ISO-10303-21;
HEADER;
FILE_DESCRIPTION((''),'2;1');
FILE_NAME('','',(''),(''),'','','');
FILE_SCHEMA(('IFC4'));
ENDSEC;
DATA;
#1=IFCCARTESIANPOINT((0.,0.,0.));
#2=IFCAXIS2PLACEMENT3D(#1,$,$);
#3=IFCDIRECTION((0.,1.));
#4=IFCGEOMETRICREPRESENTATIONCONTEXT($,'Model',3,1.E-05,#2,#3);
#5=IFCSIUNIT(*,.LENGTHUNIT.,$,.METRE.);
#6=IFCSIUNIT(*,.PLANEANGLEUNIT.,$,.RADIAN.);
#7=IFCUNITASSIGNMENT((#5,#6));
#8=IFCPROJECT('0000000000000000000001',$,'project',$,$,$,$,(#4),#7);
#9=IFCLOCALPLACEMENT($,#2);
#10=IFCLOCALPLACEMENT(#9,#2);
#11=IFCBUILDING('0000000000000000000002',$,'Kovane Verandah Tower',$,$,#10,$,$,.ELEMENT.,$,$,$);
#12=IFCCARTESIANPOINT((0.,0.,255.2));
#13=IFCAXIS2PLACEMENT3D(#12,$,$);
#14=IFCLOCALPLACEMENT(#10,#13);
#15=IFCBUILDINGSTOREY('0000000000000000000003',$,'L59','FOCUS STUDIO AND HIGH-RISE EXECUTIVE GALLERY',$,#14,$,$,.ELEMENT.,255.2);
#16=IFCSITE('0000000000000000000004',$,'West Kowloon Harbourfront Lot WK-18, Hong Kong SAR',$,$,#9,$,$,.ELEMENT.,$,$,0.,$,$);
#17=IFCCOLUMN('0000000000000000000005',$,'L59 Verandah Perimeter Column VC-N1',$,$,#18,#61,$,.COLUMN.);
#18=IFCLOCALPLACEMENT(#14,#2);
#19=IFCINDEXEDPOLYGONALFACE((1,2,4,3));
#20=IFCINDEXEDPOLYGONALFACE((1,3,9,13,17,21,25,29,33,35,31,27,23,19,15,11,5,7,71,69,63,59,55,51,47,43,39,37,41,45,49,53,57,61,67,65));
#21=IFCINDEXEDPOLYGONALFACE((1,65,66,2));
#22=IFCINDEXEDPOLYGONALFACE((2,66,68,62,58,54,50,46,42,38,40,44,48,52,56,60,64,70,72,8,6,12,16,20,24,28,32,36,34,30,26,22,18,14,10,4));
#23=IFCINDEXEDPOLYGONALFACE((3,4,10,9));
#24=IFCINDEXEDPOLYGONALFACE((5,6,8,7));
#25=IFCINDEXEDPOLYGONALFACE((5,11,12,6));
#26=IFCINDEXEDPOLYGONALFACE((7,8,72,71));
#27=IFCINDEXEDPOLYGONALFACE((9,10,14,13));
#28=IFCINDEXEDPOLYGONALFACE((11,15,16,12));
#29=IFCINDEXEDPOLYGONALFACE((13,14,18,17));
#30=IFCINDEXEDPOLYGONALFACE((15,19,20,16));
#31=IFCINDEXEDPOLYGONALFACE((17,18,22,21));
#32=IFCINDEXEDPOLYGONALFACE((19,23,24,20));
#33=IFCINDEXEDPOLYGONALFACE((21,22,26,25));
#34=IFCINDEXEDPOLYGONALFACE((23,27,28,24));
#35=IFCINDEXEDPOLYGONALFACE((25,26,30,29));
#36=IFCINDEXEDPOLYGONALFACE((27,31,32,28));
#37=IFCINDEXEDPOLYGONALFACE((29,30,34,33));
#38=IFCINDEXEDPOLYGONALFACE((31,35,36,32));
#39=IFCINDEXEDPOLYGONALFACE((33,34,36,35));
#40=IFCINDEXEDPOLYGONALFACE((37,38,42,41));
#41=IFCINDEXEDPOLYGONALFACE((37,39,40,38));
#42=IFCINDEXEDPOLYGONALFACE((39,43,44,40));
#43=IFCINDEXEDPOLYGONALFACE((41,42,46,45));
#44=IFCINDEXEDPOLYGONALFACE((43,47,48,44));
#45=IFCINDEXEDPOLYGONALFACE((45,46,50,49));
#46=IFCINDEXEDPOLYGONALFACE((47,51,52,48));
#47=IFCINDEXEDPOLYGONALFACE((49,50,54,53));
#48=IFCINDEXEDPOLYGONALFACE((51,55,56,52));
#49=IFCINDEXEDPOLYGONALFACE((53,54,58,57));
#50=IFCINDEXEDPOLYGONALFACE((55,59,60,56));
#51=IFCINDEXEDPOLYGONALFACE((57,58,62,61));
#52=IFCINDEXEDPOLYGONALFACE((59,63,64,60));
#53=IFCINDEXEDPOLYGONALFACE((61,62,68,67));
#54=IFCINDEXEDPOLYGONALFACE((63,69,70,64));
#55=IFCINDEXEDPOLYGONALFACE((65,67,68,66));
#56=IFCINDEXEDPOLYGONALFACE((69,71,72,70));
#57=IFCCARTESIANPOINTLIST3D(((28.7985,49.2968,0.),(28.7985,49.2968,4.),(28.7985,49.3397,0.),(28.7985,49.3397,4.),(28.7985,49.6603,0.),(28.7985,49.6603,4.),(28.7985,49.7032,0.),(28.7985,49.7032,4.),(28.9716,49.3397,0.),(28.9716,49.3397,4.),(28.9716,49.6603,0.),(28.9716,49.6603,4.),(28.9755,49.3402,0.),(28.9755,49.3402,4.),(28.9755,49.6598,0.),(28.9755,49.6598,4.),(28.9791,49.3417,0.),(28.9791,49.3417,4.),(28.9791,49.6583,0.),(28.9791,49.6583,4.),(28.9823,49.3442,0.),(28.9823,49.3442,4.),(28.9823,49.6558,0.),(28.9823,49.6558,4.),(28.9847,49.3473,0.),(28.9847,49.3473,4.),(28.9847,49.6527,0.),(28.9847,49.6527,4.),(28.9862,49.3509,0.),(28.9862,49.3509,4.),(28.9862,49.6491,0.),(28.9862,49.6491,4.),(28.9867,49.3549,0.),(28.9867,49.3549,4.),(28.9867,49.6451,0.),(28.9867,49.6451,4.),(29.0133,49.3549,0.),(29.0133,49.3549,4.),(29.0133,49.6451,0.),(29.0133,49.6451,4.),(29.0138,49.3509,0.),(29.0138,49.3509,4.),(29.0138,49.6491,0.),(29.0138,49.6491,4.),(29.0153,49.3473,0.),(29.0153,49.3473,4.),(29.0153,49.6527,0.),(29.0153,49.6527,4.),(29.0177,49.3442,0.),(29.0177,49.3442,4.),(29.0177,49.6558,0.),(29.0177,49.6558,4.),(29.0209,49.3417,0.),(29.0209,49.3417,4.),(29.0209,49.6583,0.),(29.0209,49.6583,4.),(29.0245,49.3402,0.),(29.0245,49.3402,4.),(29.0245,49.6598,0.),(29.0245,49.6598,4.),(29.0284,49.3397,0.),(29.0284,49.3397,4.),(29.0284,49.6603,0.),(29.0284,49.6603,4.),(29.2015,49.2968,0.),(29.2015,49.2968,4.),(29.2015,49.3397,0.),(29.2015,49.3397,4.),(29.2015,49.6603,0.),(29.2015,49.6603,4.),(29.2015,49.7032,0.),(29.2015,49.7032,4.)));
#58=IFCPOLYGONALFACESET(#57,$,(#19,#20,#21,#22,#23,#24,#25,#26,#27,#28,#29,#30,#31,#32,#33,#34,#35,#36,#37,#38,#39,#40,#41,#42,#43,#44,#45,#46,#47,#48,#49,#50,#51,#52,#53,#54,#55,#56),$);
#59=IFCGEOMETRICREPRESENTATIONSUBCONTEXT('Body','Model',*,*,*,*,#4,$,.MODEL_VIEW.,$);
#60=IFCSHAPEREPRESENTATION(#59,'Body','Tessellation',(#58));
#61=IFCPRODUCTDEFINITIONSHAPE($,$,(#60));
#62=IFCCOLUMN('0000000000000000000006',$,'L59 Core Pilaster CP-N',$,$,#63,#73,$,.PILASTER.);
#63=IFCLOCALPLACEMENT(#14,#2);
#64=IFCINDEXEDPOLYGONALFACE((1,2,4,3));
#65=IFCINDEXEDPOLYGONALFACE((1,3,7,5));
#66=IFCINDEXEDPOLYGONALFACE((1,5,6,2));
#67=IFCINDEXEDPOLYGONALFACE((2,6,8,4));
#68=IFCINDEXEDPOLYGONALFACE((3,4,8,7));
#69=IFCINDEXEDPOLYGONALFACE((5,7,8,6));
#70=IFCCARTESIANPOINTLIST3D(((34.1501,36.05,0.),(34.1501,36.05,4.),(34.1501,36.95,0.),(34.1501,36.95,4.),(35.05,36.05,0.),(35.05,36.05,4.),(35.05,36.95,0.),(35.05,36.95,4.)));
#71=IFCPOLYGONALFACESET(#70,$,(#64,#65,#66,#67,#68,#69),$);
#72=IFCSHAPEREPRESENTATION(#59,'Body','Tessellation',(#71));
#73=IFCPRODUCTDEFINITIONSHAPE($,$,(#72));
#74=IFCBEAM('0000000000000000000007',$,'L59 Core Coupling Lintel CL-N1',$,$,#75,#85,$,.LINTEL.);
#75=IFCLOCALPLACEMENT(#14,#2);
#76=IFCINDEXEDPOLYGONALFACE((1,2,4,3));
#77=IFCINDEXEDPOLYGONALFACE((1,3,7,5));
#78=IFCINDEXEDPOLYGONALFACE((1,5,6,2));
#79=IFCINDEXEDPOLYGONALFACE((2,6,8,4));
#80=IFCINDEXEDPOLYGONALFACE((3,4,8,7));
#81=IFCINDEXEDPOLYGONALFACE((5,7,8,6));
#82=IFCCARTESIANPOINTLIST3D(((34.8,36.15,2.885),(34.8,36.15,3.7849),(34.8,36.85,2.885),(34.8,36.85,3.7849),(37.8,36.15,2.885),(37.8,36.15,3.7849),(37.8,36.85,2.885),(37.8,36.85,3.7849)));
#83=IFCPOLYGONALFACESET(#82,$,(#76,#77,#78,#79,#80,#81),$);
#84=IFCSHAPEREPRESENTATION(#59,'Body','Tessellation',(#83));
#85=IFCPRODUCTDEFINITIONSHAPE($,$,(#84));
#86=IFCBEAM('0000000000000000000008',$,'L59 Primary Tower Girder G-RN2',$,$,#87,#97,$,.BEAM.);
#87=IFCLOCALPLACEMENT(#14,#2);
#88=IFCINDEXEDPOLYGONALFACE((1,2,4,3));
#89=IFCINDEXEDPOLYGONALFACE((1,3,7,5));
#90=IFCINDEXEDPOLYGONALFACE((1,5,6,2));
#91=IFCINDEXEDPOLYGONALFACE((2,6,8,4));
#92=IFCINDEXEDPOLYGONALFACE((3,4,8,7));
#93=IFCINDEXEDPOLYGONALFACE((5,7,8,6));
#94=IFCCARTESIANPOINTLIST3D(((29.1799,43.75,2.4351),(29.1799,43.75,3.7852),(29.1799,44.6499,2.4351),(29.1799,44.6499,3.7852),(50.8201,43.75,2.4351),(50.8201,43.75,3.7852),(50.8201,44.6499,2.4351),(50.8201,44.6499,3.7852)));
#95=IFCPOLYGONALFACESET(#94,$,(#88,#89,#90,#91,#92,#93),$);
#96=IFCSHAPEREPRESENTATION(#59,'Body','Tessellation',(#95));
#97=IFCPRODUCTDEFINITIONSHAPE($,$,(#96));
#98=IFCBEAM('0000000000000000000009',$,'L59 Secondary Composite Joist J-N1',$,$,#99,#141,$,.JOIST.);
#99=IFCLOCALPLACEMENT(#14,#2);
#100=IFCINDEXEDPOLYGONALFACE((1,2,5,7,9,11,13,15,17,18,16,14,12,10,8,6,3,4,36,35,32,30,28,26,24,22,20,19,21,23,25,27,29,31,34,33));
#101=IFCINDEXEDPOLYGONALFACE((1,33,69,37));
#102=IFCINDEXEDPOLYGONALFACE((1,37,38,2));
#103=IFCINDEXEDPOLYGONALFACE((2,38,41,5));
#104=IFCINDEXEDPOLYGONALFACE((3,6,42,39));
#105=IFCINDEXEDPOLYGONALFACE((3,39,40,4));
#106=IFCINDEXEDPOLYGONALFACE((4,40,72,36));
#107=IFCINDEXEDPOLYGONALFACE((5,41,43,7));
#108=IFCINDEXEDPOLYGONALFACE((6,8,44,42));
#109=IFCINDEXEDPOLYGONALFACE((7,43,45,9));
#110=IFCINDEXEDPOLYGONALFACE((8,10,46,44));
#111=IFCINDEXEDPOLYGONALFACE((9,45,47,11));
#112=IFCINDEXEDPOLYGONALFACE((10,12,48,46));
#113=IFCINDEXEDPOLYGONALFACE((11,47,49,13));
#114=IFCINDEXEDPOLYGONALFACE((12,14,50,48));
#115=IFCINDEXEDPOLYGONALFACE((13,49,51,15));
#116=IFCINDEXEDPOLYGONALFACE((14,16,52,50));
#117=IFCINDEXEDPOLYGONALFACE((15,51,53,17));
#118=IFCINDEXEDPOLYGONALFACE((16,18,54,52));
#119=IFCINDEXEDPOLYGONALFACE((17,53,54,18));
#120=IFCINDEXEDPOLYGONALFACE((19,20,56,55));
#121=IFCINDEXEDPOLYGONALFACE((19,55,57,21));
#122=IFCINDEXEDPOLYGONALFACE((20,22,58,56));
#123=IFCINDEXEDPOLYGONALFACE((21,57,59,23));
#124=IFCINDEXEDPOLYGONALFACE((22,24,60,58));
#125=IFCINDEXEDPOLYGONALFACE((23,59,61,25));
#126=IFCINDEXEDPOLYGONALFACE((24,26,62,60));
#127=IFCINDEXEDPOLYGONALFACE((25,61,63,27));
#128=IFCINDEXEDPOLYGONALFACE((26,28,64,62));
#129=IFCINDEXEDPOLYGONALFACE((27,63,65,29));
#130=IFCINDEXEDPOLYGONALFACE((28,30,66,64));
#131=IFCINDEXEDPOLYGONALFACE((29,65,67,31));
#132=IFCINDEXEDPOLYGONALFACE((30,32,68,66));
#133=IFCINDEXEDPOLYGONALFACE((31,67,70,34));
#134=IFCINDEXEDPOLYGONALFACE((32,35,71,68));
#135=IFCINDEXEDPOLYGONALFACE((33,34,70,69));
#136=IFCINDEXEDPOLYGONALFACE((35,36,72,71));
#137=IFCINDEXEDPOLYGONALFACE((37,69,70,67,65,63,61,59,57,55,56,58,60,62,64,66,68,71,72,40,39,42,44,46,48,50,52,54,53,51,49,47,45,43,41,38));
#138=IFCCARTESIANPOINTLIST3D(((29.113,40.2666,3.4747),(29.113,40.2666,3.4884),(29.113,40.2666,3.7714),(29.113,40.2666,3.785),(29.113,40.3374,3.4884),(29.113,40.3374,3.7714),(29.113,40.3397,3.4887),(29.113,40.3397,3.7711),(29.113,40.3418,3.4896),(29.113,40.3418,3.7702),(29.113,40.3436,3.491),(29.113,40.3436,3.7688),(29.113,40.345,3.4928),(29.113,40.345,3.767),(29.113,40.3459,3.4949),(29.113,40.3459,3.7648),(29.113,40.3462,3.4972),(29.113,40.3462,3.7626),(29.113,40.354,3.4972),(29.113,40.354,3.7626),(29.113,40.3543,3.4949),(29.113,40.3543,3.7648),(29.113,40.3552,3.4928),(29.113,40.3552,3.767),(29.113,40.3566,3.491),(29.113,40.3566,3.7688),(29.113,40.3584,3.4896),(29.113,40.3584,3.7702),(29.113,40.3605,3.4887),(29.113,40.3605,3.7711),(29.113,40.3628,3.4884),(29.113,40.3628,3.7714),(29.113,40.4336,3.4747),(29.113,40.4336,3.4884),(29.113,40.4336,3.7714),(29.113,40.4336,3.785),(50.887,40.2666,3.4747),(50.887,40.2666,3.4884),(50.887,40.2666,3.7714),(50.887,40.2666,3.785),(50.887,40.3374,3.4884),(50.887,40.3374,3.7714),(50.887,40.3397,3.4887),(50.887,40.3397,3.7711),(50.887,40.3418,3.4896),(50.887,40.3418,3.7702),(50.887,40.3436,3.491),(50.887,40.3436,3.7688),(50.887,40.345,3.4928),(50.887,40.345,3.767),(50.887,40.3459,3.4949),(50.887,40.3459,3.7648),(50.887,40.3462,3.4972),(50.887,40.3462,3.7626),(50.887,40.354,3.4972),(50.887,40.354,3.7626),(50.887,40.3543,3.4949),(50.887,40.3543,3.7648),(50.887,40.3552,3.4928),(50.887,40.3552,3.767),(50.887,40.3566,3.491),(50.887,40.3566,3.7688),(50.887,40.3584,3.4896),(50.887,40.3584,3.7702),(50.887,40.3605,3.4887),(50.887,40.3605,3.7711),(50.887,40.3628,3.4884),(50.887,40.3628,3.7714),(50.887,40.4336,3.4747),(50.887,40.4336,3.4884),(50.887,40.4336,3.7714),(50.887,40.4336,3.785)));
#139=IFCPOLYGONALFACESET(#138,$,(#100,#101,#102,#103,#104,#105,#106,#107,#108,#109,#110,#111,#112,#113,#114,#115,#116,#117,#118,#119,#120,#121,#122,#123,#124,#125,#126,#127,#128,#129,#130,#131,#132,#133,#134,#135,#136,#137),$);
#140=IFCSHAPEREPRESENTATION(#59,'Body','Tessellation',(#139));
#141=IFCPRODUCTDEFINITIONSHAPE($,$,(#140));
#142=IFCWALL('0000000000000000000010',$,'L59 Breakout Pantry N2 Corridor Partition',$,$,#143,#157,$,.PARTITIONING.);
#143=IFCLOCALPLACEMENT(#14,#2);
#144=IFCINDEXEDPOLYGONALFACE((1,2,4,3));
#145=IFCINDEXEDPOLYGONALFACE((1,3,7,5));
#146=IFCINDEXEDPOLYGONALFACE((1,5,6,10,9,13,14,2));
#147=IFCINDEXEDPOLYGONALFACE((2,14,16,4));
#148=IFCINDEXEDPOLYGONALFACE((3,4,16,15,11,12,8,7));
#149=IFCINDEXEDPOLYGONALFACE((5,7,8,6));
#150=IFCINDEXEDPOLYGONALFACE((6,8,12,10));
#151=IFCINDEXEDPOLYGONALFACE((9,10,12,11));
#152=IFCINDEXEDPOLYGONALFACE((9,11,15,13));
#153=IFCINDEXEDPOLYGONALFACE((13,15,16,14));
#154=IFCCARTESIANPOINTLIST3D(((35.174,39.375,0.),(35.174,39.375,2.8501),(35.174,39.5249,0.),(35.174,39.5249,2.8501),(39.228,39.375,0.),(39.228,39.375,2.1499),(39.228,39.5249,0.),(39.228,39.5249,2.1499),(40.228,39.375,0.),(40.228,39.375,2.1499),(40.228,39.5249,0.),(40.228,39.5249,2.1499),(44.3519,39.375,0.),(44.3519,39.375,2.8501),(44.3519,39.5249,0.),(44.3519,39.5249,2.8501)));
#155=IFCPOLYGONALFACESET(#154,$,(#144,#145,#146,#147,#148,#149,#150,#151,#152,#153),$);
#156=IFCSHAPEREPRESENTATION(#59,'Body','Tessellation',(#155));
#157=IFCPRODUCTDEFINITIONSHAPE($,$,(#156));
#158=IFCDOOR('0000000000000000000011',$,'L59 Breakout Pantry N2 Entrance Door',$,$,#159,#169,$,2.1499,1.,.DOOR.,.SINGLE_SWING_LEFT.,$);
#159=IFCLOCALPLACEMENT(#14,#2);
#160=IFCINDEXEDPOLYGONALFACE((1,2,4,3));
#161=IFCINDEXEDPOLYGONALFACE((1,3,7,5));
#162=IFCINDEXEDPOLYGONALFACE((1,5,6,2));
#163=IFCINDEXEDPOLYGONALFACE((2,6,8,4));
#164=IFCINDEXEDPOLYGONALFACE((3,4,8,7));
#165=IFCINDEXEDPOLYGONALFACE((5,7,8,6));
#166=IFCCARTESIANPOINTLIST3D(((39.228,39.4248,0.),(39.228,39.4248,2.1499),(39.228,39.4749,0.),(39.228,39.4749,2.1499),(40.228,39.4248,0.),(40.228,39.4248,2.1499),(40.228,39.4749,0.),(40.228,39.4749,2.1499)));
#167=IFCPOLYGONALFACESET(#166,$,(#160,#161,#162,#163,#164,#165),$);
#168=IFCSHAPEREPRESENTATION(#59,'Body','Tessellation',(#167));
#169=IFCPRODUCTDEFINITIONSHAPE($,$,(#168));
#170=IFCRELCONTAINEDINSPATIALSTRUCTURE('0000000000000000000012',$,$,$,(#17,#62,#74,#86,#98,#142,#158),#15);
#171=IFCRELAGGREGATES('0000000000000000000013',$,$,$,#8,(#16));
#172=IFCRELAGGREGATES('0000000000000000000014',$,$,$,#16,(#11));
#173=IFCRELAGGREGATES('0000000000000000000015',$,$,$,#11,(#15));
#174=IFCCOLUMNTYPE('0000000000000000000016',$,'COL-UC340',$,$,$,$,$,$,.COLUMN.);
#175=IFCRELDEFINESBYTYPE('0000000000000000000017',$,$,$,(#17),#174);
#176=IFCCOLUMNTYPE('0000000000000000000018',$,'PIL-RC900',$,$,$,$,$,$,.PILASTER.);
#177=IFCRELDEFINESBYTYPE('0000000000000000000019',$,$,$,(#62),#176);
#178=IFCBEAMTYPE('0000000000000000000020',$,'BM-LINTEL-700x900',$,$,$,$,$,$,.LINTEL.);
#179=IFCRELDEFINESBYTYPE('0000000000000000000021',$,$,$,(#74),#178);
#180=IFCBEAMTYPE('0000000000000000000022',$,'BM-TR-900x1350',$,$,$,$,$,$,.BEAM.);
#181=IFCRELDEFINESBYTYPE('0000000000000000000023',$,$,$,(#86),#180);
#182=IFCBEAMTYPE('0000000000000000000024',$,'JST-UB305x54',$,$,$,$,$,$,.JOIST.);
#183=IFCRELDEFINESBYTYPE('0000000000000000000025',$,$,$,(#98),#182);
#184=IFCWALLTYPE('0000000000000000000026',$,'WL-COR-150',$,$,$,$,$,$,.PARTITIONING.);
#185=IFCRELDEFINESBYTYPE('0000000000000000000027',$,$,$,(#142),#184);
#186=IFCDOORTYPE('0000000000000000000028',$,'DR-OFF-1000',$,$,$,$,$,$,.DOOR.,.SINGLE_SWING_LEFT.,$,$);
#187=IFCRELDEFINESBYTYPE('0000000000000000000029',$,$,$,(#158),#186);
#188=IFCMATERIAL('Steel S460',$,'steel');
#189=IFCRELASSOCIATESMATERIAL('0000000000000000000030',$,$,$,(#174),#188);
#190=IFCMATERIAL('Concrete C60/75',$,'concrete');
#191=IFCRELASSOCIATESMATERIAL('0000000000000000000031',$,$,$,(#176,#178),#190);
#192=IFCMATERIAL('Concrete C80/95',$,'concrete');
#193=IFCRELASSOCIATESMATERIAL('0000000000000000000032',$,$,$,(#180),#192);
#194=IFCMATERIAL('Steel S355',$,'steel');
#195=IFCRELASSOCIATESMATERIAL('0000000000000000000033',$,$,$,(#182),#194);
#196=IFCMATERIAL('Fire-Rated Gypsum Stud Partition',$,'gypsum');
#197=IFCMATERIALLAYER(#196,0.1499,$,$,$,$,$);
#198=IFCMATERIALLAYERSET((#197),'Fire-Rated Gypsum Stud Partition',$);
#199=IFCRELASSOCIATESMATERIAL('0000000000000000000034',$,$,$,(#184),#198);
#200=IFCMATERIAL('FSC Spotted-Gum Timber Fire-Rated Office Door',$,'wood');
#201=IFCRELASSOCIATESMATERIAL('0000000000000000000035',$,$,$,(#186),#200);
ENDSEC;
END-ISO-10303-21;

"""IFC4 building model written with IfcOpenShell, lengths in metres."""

from ifc_helpers import new_model, si_unit, direction, frame, frame_2d, origin, origin_2d, place, context, subcontext, project, spatial, rectangle, i_section, extrude, material, layer, layer_set, material_profile, profile_set, type_object, element, fill, save


model = new_model("IFC4")

# Units and contexts
model_context = context("Model", 3, precision=1e-05, world=origin(), true_north=direction((0.0, 1.0)))
body_context = subcontext(model_context, "Body", "Model", "MODEL_VIEW")
ifc_project = project(units=[si_unit("LENGTHUNIT", "METRE"), si_unit("PLANEANGLEUNIT", "RADIAN")], contexts=[model_context])

# Site, building, storey
site_placement = place(None, origin())
site = spatial("IfcSite", under=ifc_project, at=site_placement, Name="West Kowloon Harbourfront Lot WK-18, Hong Kong SAR", CompositionType="ELEMENT", RefElevation=0.0)
building_placement = place(site_placement, origin())
building = spatial("IfcBuilding", under=site, at=building_placement, Name="Kovane Verandah Tower", CompositionType="ELEMENT")
storey_placement = place(building_placement, frame((0.0, 0.0, 255.2)))
storey = spatial("IfcBuildingStorey", under=building, at=storey_placement, Name="L59", Description="FOCUS STUDIO AND HIGH-RISE EXECUTIVE GALLERY", CompositionType="ELEMENT", Elevation=255.2)

# Columns
ifc_material_1 = material(Name="Steel S460", Category="steel")
ifc_material_profile_1 = material_profile(ifc_material_1, i_section(OverallWidth=0.4031, OverallDepth=0.4065, WebThickness=0.0266, FlangeThickness=0.043, FilletRadius=0.0151, at=origin_2d()), Name="UC356x406x340")
ifc_profile_set_1 = profile_set([ifc_material_profile_1], Name="Steel S460")
column_type_1 = type_object("IfcColumnType", Name="COL-UC340", PredefinedType="COLUMN", material=ifc_profile_set_1)
column_1_placement = place(storey_placement, frame((29.0, 49.5, 0.0), z_axis=(0.0, 0.0, 1.0), x_axis=(1.0, 0.0, 0.0)))
element("IfcColumn", 1, at=column_1_placement, inside=storey, type_object=column_type_1, Name="L59 Verandah Perimeter Column VC-N1", PredefinedType="COLUMN", context=body_context, shape_type="SweptSolid", body=[
    extrude(i_section(OverallWidth=0.4031, OverallDepth=0.4065, WebThickness=0.0266, FlangeThickness=0.043, FilletRadius=0.0151, at=origin_2d()), origin(), (0.0, 0.0, 1.0), 4.0),
])
ifc_material_2 = material(Name="Concrete C60/75", Category="concrete")
ifc_material_profile_2 = material_profile(ifc_material_2, rectangle(XDim=0.8999, YDim=0.8999, at=origin_2d()), Name="RC900x900")
ifc_profile_set_2 = profile_set([ifc_material_profile_2], Name="Concrete C60/75")
column_type_2 = type_object("IfcColumnType", Name="PIL-RC900", PredefinedType="PILASTER", material=ifc_profile_set_2)
column_2_placement = place(storey_placement, frame((34.6001, 36.5, 0.0), z_axis=(0.0, 0.0, 1.0), x_axis=(1.0, 0.0, 0.0)))
element("IfcColumn", 2, at=column_2_placement, inside=storey, type_object=column_type_2, Name="L59 Core Pilaster CP-N", PredefinedType="PILASTER", context=body_context, shape_type="SweptSolid", body=[
    extrude(rectangle(XDim=0.8999, YDim=0.8999, at=origin_2d()), origin(), (0.0, 0.0, 1.0), 4.0),
])

# Beams
ifc_material_profile_3 = material_profile(ifc_material_2, rectangle(XDim=0.7, YDim=0.8999, at=origin_2d()), Name="RCB700x900")
ifc_profile_set_3 = profile_set([ifc_material_profile_3], Name="Concrete C60/75")
beam_type_1 = type_object("IfcBeamType", Name="BM-LINTEL-700x900", PredefinedType="LINTEL", material=ifc_profile_set_3)
beam_1_placement = place(storey_placement, frame((34.8, 36.5, 3.335), z_axis=(1.0, 0.0, 0.0), x_axis=(0.0, 1.0, 0.0)))
element("IfcBeam", 3, at=beam_1_placement, inside=storey, type_object=beam_type_1, Name="L59 Core Coupling Lintel CL-N1", PredefinedType="LINTEL", context=body_context, shape_type="SweptSolid", body=[
    extrude(rectangle(XDim=0.7, YDim=0.8999, at=origin_2d()), origin(), (0.0, 0.0, 1.0), 3.0),
])
ifc_material_3 = material(Name="Concrete C80/95", Category="concrete")
ifc_material_profile_4 = material_profile(ifc_material_3, rectangle(XDim=0.8999, YDim=1.3501, at=origin_2d()), Name="RCB900x1350")
ifc_profile_set_4 = profile_set([ifc_material_profile_4], Name="Concrete C80/95")
beam_type_2 = type_object("IfcBeamType", Name="BM-TR-900x1350", PredefinedType="BEAM", material=ifc_profile_set_4)
beam_2_placement = place(storey_placement, frame((29.1799, 44.2, 3.1101), z_axis=(1.0, 0.0, 0.0), x_axis=(0.0, 1.0, 0.0)))
element("IfcBeam", 4, at=beam_2_placement, inside=storey, type_object=beam_type_2, Name="L59 Primary Tower Girder G-RN2", PredefinedType="BEAM", context=body_context, shape_type="SweptSolid", body=[
    extrude(rectangle(XDim=0.8999, YDim=1.3501, at=origin_2d()), origin(), (0.0, 0.0, 1.0), 21.6401),
])
ifc_material_4 = material(Name="Steel S355", Category="steel")
ifc_material_profile_5 = material_profile(ifc_material_4, i_section(OverallWidth=0.167, OverallDepth=0.3103, WebThickness=0.0078, FlangeThickness=0.0137, FilletRadius=0.0088, at=origin_2d()), Name="UB305x165x54")
ifc_profile_set_5 = profile_set([ifc_material_profile_5], Name="Steel S355")
beam_type_3 = type_object("IfcBeamType", Name="JST-UB305x54", PredefinedType="JOIST", material=ifc_profile_set_5)
beam_3_placement = place(storey_placement, frame((29.113, 40.3501, 3.6299), z_axis=(1.0, 0.0, 0.0), x_axis=(0.0, 1.0, 0.0)))
element("IfcBeam", 5, at=beam_3_placement, inside=storey, type_object=beam_type_3, Name="L59 Secondary Composite Joist J-N1", PredefinedType="JOIST", context=body_context, shape_type="SweptSolid", body=[
    extrude(i_section(OverallWidth=0.167, OverallDepth=0.3103, WebThickness=0.0078, FlangeThickness=0.0137, FilletRadius=0.0088, at=origin_2d()), origin(), (0.0, 0.0, 1.0), 21.7739),
])

# Wall, opening, door
ifc_material_5 = material(Name="Fire-Rated Gypsum Stud Partition", Category="gypsum")
ifc_layer_1 = layer(ifc_material_5, 0.1499)
ifc_layer_set_1 = layer_set([ifc_layer_1], Name="Fire-Rated Gypsum Stud Partition")
wall_type_1 = type_object("IfcWallType", Name="WL-COR-150", PredefinedType="PARTITIONING", material=ifc_layer_set_1)
wall_1_placement = place(storey_placement, frame((35.1741, 39.45, 0.0), z_axis=(0.0, 0.0, 1.0), x_axis=(1.0, 0.0, 0.0)))
wall_1 = element("IfcWall", 6, at=wall_1_placement, inside=storey, type_object=wall_type_1, Name="L59 Breakout Pantry N2 Corridor Partition", PredefinedType="PARTITIONING", context=body_context, shape_type="SweptSolid", body=[
    extrude(rectangle(XDim=9.178, YDim=0.1499, at=frame_2d((4.5889, 0.0))), origin(), (0.0, 0.0, 1.0), 2.8501),
])
opening_1_placement = place(wall_1_placement, frame((4.054, 0.0, 0.0)))
opening_1 = element("IfcOpeningElement", 7, at=opening_1_placement, cuts=wall_1, PredefinedType="OPENING", context=body_context, shape_type="SweptSolid", body=[
    extrude(rectangle(XDim=1.0, YDim=2.1499, at=frame_2d((0.5, 1.075))), frame((0.0, 0.075, 0.0), z_axis=(0.0, -1.0, 0.0), x_axis=(1.0, 0.0, 0.0)), (0.0, 0.0, 1.0), 0.1499),
])
ifc_material_6 = material(Name="FSC Spotted-Gum Timber Fire-Rated Office Door", Category="wood")
door_type_1 = type_object("IfcDoorType", Name="DR-OFF-1000", OperationType="SINGLE_SWING_LEFT", PredefinedType="DOOR", material=ifc_material_6)
door_1_placement = place(opening_1_placement, origin())
door_1 = element("IfcDoor", 8, at=door_1_placement, inside=storey, type_object=door_type_1, Name="L59 Breakout Pantry N2 Entrance Door", OperationType="SINGLE_SWING_LEFT", OverallHeight=2.1499, OverallWidth=1.0, PredefinedType="DOOR", context=body_context, shape_type="SweptSolid", body=[
    extrude(rectangle(XDim=1.0, YDim=2.1499, at=frame_2d((0.5, 1.075))), frame((0.0, 0.0249, 0.0), z_axis=(0.0, -1.0, 0.0), x_axis=(1.0, 0.0, 0.0)), (0.0, 0.0, 1.0), 0.05),
])
fill(opening_1, door_1)

save(model, "model.ifc")
